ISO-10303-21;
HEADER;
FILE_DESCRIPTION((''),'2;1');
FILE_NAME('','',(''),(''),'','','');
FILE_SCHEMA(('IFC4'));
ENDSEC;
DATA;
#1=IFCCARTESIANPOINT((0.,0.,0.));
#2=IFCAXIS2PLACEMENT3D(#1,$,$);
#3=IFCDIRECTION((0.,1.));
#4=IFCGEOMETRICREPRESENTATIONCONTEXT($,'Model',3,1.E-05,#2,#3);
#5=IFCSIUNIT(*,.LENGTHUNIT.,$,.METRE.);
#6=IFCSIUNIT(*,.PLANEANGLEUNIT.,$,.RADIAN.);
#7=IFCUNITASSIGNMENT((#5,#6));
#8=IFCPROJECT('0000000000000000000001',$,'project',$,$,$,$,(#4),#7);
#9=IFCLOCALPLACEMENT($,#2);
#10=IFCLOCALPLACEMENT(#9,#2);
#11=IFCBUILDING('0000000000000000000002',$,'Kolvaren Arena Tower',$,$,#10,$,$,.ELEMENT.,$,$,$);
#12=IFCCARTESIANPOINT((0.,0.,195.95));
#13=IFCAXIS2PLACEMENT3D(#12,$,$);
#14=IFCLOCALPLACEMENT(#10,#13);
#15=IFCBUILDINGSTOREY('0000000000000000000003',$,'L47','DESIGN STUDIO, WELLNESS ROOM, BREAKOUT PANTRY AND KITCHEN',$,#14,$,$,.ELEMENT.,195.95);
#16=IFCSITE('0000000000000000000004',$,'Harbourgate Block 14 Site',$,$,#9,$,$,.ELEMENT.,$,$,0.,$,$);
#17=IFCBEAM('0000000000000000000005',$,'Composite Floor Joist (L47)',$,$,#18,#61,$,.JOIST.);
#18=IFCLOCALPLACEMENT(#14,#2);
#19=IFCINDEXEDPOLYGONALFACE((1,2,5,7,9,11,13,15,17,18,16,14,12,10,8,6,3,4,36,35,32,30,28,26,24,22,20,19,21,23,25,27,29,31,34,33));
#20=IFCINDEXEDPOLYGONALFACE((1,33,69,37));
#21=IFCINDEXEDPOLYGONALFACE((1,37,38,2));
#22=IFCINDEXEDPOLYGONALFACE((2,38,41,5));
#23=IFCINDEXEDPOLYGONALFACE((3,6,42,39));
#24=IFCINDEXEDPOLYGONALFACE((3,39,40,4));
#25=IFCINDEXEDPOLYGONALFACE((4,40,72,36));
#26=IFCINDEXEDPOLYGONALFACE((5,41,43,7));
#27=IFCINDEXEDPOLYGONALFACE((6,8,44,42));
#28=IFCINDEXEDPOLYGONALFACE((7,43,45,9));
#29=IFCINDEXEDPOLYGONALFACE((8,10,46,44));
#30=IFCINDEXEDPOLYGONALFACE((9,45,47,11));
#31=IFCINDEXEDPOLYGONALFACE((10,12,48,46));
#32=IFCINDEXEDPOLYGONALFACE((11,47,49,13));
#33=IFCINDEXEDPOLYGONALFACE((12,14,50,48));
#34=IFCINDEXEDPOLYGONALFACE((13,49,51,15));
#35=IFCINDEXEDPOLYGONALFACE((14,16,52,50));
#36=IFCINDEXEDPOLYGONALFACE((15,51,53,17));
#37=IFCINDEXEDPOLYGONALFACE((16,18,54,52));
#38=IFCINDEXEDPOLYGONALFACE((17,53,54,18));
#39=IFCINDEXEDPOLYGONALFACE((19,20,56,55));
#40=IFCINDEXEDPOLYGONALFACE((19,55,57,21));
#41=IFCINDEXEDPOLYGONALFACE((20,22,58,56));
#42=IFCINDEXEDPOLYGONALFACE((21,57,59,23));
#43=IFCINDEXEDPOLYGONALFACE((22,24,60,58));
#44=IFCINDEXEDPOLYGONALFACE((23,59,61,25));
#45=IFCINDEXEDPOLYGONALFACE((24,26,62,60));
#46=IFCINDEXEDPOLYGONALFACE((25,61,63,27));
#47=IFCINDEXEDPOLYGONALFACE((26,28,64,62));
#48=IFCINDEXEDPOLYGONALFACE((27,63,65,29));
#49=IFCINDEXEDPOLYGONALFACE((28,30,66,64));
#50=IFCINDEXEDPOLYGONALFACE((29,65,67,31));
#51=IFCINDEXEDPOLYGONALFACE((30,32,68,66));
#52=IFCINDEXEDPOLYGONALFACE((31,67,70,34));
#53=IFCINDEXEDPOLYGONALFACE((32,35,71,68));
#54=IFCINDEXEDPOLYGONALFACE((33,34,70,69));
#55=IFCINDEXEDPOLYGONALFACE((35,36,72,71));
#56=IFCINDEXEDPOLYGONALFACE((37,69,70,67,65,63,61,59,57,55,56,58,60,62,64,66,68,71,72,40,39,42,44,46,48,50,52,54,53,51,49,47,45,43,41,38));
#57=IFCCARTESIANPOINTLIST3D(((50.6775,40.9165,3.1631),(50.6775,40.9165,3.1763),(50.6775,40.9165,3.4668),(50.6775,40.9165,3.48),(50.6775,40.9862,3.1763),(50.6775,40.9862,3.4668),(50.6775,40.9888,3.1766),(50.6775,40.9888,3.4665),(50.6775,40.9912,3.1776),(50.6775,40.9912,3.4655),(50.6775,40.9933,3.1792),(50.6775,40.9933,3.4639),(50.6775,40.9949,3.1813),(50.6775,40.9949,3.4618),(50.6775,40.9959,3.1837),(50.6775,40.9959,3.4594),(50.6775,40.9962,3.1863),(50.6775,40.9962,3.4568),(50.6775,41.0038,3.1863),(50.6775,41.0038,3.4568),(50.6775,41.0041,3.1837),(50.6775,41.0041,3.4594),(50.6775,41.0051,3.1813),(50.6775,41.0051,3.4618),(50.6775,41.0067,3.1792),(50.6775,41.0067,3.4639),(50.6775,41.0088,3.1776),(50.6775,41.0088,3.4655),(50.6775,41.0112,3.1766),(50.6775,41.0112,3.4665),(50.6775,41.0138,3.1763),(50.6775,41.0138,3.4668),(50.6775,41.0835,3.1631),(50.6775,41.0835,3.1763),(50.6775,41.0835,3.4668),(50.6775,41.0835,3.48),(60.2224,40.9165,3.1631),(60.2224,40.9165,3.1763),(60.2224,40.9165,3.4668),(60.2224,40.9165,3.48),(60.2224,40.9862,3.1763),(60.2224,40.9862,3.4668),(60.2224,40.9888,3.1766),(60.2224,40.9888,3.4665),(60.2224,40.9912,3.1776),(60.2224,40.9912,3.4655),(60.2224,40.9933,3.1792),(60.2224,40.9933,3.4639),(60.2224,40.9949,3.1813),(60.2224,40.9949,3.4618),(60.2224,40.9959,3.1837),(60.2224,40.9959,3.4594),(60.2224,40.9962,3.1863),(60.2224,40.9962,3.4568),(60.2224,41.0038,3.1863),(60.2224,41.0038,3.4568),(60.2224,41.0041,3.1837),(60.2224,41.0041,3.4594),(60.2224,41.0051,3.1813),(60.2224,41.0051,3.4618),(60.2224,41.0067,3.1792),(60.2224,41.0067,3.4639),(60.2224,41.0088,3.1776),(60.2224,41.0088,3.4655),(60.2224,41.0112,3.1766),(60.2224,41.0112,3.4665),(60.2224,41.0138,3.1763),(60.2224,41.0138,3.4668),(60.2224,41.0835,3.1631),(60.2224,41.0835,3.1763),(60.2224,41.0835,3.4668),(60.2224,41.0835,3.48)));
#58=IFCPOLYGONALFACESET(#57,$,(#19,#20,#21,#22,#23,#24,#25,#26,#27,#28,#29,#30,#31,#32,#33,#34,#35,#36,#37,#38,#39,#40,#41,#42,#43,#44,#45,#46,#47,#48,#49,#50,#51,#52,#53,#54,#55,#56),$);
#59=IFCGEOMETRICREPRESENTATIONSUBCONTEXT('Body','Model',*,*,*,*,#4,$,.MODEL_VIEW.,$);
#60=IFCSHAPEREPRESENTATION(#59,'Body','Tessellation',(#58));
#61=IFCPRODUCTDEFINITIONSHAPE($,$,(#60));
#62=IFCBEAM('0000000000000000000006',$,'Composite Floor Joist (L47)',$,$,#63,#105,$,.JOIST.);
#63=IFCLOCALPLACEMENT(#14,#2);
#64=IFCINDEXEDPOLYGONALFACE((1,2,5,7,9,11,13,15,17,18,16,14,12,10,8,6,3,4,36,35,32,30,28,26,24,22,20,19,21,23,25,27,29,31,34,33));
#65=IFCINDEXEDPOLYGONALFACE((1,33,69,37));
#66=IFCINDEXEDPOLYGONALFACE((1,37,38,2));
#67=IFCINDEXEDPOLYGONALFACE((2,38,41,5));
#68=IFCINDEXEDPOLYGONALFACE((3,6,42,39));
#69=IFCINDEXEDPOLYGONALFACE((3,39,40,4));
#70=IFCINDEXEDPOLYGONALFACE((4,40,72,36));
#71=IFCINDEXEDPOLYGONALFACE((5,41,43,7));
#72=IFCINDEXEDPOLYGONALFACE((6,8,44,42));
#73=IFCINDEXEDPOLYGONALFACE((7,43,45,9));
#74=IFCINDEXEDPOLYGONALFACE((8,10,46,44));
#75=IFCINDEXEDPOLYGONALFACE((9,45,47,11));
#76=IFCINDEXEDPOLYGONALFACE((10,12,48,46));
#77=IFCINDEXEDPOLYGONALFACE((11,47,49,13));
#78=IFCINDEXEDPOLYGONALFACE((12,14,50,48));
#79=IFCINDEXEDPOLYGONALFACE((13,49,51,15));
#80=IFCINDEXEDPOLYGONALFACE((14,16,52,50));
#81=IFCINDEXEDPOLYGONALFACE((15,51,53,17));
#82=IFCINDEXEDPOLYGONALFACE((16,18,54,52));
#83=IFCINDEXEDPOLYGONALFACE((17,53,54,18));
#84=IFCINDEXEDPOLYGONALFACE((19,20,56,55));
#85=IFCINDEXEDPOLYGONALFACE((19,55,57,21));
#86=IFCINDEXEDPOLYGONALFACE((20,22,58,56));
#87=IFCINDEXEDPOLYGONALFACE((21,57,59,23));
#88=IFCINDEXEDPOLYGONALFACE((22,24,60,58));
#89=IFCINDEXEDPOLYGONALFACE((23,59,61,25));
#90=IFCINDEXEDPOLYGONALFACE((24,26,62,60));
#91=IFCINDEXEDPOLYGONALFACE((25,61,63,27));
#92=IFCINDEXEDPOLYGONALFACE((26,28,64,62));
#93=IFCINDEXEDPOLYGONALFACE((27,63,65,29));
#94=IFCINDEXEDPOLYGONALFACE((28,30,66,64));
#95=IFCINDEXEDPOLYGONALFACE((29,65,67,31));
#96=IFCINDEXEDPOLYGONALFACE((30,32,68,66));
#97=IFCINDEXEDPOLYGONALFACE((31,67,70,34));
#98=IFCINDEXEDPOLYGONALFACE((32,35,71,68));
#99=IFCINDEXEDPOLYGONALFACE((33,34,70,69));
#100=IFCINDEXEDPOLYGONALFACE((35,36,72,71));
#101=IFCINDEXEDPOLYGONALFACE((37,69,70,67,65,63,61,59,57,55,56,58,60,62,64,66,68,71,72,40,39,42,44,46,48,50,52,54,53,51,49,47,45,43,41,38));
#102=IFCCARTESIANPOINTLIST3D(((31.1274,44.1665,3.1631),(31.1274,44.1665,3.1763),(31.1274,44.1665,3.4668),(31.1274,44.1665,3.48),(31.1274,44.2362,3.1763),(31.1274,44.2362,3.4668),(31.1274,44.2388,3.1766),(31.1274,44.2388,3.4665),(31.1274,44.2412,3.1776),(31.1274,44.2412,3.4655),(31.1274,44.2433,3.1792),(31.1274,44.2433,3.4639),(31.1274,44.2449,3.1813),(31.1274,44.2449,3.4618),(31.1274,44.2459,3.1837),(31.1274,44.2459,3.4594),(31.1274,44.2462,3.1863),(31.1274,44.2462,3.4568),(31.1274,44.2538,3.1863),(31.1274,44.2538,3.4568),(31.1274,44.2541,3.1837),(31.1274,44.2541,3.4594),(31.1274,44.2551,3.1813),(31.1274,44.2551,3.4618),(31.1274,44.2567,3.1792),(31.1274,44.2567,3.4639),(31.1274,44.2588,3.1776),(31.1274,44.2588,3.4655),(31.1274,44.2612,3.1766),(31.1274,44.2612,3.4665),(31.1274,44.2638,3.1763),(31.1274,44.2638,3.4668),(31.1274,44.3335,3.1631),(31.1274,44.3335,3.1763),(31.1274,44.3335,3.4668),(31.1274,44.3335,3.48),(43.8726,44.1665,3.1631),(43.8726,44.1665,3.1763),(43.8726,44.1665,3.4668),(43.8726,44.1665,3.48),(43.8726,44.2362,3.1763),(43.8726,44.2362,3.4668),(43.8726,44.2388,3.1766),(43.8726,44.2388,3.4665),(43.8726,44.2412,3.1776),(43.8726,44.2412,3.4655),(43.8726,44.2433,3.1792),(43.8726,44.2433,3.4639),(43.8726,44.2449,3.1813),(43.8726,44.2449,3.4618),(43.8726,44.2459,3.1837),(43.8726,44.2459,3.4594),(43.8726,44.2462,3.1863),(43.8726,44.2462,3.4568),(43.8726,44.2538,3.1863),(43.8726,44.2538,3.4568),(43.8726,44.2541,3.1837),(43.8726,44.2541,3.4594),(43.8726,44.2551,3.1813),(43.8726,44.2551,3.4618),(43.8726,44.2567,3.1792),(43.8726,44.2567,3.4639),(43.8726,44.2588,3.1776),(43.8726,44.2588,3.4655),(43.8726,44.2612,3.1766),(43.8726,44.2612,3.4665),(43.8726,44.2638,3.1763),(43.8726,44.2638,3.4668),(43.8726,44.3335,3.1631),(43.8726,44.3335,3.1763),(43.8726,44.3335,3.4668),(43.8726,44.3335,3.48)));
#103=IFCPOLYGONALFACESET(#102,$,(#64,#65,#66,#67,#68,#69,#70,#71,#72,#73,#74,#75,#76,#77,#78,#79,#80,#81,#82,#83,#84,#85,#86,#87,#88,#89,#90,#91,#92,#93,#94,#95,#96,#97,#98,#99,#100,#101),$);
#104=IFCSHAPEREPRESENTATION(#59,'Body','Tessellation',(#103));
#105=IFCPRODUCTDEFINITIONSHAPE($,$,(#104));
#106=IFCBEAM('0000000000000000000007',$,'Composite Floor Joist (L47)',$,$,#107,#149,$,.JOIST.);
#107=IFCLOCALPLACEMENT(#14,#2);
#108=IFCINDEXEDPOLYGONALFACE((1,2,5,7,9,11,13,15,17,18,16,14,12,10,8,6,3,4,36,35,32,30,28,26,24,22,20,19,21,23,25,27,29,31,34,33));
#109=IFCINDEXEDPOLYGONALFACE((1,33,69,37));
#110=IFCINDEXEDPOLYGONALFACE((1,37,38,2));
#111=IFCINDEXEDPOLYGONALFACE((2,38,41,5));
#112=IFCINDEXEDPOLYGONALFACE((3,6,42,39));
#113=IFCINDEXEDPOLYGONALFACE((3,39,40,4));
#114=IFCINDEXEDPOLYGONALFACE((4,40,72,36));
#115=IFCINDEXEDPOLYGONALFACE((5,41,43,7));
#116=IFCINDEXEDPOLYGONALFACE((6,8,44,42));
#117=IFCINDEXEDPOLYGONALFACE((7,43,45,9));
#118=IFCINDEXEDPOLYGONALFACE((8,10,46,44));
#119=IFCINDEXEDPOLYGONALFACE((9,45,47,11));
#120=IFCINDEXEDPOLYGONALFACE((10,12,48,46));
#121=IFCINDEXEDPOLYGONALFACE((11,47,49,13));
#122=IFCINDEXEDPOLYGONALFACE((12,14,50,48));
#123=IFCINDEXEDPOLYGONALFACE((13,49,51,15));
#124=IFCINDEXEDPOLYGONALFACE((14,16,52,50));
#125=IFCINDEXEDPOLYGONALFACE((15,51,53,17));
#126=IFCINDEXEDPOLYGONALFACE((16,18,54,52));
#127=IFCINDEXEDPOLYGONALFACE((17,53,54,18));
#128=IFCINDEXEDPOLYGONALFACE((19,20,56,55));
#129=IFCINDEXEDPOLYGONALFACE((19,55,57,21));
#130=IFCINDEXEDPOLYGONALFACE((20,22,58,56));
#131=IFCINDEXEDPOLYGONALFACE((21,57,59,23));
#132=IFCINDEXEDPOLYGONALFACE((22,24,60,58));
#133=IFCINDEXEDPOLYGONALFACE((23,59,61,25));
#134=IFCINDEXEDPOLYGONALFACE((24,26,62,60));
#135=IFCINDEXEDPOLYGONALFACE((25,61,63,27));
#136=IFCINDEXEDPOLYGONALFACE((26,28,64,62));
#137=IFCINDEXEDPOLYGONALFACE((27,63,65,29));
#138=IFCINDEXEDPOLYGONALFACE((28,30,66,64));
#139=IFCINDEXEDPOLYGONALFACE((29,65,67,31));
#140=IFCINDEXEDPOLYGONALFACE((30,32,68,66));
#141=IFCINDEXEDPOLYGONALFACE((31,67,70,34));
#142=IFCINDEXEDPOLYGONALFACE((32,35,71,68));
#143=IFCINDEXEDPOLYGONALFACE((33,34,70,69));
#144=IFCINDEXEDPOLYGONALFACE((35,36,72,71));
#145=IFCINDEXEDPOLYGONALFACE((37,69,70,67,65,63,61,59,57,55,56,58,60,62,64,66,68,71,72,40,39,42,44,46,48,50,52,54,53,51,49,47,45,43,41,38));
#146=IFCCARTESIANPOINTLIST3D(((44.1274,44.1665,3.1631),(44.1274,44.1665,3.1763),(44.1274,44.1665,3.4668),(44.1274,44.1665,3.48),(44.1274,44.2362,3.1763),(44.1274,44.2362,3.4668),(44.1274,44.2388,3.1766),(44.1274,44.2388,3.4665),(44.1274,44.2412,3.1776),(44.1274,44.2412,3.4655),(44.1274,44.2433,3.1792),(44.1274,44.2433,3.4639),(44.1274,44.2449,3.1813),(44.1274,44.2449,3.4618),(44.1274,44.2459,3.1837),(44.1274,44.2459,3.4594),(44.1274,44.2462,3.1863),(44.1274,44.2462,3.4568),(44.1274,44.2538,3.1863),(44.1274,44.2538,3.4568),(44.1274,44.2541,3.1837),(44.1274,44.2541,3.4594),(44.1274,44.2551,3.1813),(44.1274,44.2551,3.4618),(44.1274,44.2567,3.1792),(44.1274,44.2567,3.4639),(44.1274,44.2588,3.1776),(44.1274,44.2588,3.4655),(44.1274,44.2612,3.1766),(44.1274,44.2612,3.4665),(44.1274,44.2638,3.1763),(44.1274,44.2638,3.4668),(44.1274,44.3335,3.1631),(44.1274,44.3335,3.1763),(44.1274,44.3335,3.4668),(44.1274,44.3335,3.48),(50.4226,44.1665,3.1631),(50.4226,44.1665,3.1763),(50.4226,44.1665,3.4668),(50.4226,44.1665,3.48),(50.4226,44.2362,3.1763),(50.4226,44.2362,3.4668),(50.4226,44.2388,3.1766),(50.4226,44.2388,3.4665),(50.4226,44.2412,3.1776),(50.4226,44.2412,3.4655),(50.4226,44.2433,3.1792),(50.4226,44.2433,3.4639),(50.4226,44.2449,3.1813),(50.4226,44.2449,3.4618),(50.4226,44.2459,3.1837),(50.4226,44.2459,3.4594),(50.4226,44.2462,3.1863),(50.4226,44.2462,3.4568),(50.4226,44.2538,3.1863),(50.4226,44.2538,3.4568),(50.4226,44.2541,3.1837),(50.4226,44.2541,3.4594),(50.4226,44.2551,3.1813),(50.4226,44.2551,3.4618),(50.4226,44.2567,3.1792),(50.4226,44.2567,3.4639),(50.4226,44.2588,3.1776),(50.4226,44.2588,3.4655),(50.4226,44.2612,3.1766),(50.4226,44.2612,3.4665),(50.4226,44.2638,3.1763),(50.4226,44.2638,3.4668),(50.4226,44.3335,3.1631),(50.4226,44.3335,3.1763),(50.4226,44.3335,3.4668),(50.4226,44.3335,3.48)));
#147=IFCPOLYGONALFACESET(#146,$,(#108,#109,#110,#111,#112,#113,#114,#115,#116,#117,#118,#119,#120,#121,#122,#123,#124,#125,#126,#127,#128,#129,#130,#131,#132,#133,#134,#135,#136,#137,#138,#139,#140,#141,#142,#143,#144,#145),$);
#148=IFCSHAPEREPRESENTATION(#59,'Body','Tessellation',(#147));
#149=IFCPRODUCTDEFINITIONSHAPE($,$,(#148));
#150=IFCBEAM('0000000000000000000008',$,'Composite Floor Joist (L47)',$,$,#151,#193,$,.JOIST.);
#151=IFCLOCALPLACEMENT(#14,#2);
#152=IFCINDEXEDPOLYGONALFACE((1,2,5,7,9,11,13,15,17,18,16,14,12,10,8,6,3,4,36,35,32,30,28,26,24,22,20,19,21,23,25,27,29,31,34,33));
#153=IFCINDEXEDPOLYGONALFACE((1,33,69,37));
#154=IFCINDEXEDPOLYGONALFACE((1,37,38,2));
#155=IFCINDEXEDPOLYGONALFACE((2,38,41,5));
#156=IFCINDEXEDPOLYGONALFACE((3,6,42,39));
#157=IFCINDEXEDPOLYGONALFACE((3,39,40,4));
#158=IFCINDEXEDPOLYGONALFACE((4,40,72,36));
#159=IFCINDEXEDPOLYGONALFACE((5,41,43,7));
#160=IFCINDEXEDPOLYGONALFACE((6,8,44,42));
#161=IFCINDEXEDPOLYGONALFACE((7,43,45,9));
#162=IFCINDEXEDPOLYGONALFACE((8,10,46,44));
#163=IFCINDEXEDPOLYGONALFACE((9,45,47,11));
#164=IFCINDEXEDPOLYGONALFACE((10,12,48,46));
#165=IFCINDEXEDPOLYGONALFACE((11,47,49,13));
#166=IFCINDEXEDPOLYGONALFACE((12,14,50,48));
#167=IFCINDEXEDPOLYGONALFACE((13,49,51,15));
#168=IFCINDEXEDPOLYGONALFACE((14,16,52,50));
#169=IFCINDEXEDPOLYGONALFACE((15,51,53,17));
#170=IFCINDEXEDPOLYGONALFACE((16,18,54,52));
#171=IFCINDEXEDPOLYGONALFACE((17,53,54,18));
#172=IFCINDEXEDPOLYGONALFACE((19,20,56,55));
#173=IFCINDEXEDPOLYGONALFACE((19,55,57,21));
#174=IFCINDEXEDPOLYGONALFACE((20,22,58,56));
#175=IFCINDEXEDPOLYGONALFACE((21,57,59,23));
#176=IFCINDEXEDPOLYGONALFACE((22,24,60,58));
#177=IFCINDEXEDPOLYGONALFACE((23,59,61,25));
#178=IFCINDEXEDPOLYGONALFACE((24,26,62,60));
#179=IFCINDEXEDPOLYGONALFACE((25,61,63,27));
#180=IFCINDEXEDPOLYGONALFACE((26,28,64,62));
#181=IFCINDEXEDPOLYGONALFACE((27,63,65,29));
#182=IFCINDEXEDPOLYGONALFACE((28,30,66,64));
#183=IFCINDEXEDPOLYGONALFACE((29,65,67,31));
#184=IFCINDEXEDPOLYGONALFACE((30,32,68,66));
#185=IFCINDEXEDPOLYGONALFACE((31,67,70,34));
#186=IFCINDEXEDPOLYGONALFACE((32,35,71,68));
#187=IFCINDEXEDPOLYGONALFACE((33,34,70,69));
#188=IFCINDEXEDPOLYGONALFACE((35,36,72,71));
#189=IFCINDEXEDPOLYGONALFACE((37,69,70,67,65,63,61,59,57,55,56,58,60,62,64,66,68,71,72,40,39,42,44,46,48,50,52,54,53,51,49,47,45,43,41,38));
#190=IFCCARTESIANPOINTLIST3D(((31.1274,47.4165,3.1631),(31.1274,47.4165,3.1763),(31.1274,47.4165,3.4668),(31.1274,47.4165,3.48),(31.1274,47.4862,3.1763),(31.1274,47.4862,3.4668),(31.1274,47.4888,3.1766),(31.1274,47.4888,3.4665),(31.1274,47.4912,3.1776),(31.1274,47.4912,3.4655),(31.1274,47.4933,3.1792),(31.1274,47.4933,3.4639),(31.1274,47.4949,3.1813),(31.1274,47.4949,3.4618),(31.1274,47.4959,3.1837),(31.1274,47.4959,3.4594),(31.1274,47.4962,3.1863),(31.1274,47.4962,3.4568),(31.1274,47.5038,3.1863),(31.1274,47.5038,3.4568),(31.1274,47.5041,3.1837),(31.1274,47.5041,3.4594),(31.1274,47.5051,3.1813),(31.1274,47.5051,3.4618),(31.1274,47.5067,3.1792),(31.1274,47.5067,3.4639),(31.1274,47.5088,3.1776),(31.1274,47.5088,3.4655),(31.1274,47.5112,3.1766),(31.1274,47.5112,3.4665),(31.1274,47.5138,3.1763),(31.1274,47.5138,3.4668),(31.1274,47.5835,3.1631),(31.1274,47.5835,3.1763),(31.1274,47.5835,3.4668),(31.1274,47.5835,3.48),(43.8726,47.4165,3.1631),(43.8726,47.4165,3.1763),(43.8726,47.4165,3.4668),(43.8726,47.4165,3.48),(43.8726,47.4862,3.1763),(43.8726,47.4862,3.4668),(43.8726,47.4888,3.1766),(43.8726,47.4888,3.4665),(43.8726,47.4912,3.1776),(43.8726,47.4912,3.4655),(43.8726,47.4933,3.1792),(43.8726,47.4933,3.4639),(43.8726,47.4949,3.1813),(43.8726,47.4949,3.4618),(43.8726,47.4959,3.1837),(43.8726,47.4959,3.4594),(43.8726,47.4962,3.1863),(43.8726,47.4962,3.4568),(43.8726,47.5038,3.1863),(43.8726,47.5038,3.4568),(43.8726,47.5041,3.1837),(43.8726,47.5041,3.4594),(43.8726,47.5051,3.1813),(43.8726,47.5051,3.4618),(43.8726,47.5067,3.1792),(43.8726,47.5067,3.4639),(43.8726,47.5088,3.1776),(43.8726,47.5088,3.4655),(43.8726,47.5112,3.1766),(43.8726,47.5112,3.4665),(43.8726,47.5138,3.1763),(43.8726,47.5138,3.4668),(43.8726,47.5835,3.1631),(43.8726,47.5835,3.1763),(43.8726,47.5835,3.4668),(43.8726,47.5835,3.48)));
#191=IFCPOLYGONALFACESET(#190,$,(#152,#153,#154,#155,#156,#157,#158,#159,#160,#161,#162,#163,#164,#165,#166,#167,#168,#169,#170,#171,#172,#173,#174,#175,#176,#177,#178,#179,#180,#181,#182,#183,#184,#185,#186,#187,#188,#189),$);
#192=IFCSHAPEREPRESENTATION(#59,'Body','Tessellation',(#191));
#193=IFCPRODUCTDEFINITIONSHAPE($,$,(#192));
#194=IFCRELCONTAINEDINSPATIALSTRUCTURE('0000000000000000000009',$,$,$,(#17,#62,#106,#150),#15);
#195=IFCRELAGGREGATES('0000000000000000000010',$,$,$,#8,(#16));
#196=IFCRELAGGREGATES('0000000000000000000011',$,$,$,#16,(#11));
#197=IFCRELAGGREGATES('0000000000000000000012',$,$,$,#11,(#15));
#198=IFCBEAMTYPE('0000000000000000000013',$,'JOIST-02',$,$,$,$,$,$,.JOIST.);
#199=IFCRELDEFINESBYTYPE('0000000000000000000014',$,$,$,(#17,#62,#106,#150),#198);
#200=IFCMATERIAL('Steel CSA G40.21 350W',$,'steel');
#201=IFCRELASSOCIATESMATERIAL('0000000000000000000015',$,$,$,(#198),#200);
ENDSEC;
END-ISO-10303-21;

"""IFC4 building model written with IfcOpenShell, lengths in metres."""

from ifc_helpers import new_model, si_unit, direction, frame, origin, origin_2d, place, context, subcontext, project, spatial, i_section, extrude, material, material_profile, profile_set, type_object, element, save


model = new_model("IFC4")

# Units and contexts
model_context = context("Model", 3, precision=1e-05, world=origin(), true_north=direction((0.0, 1.0)))
body_context = subcontext(model_context, "Body", "Model", "MODEL_VIEW")
ifc_project = project(units=[si_unit("LENGTHUNIT", "METRE"), si_unit("PLANEANGLEUNIT", "RADIAN")], contexts=[model_context])

# Site, building, storey
site_placement = place(None, origin())
site = spatial("IfcSite", under=ifc_project, at=site_placement, Name="Harbourgate Block 14 Site", CompositionType="ELEMENT", RefElevation=0.0)
building_placement = place(site_placement, origin())
building = spatial("IfcBuilding", under=site, at=building_placement, Name="Kolvaren Arena Tower", CompositionType="ELEMENT")
storey_placement = place(building_placement, frame((0.0, 0.0, 195.95)))
storey = spatial("IfcBuildingStorey", under=building, at=storey_placement, Name="L47", Description="DESIGN STUDIO, WELLNESS ROOM, BREAKOUT PANTRY AND KITCHEN", CompositionType="ELEMENT", Elevation=195.95)

# Beams
ifc_material_1 = material(Name="Steel CSA G40.21 350W", Category="steel")
ifc_material_profile_1 = material_profile(ifc_material_1, i_section(OverallWidth=0.167, OverallDepth=0.3169, WebThickness=0.0076, FlangeThickness=0.0132, FilletRadius=0.01, at=origin_2d()), Name="W310x52")
ifc_profile_set_1 = profile_set([ifc_material_profile_1], Name="Steel CSA G40.21 350W")
beam_type_1 = type_object("IfcBeamType", Name="JOIST-02", PredefinedType="JOIST", material=ifc_profile_set_1)
beam_1_placement = place(storey_placement, frame((50.6775, 41.0, 3.3215), z_axis=(1.0, 0.0, 0.0), x_axis=(0.0, 1.0, 0.0)))
element("IfcBeam", 1, at=beam_1_placement, inside=storey, type_object=beam_type_1, Name="Composite Floor Joist (L47)", PredefinedType="JOIST", context=body_context, shape_type="SweptSolid", body=[
    extrude(i_section(OverallWidth=0.167, OverallDepth=0.3169, WebThickness=0.0076, FlangeThickness=0.0132, FilletRadius=0.01, at=origin_2d()), origin(), (0.0, 0.0, 1.0), 9.5449),
])
beam_2_placement = place(storey_placement, frame((31.1274, 44.25, 3.3215), z_axis=(1.0, 0.0, 0.0), x_axis=(0.0, 1.0, 0.0)))
element("IfcBeam", 2, at=beam_2_placement, inside=storey, type_object=beam_type_1, Name="Composite Floor Joist (L47)", PredefinedType="JOIST", context=body_context, shape_type="SweptSolid", body=[
    extrude(i_section(OverallWidth=0.167, OverallDepth=0.3169, WebThickness=0.0076, FlangeThickness=0.0132, FilletRadius=0.01, at=origin_2d()), origin(), (0.0, 0.0, 1.0), 12.7451),
])
beam_3_placement = place(storey_placement, frame((44.1274, 44.25, 3.3215), z_axis=(1.0, 0.0, 0.0), x_axis=(0.0, 1.0, 0.0)))
element("IfcBeam", 3, at=beam_3_placement, inside=storey, type_object=beam_type_1, Name="Composite Floor Joist (L47)", PredefinedType="JOIST", context=body_context, shape_type="SweptSolid", body=[
    extrude(i_section(OverallWidth=0.167, OverallDepth=0.3169, WebThickness=0.0076, FlangeThickness=0.0132, FilletRadius=0.01, at=origin_2d()), origin(), (0.0, 0.0, 1.0), 6.2952),
])
beam_4_placement = place(storey_placement, frame((31.1274, 47.5, 3.3215), z_axis=(1.0, 0.0, 0.0), x_axis=(0.0, 1.0, 0.0)))
element("IfcBeam", 4, at=beam_4_placement, inside=storey, type_object=beam_type_1, Name="Composite Floor Joist (L47)", PredefinedType="JOIST", context=body_context, shape_type="SweptSolid", body=[
    extrude(i_section(OverallWidth=0.167, OverallDepth=0.3169, WebThickness=0.0076, FlangeThickness=0.0132, FilletRadius=0.01, at=origin_2d()), origin(), (0.0, 0.0, 1.0), 12.7451),
])

save(model, "model.ifc")
